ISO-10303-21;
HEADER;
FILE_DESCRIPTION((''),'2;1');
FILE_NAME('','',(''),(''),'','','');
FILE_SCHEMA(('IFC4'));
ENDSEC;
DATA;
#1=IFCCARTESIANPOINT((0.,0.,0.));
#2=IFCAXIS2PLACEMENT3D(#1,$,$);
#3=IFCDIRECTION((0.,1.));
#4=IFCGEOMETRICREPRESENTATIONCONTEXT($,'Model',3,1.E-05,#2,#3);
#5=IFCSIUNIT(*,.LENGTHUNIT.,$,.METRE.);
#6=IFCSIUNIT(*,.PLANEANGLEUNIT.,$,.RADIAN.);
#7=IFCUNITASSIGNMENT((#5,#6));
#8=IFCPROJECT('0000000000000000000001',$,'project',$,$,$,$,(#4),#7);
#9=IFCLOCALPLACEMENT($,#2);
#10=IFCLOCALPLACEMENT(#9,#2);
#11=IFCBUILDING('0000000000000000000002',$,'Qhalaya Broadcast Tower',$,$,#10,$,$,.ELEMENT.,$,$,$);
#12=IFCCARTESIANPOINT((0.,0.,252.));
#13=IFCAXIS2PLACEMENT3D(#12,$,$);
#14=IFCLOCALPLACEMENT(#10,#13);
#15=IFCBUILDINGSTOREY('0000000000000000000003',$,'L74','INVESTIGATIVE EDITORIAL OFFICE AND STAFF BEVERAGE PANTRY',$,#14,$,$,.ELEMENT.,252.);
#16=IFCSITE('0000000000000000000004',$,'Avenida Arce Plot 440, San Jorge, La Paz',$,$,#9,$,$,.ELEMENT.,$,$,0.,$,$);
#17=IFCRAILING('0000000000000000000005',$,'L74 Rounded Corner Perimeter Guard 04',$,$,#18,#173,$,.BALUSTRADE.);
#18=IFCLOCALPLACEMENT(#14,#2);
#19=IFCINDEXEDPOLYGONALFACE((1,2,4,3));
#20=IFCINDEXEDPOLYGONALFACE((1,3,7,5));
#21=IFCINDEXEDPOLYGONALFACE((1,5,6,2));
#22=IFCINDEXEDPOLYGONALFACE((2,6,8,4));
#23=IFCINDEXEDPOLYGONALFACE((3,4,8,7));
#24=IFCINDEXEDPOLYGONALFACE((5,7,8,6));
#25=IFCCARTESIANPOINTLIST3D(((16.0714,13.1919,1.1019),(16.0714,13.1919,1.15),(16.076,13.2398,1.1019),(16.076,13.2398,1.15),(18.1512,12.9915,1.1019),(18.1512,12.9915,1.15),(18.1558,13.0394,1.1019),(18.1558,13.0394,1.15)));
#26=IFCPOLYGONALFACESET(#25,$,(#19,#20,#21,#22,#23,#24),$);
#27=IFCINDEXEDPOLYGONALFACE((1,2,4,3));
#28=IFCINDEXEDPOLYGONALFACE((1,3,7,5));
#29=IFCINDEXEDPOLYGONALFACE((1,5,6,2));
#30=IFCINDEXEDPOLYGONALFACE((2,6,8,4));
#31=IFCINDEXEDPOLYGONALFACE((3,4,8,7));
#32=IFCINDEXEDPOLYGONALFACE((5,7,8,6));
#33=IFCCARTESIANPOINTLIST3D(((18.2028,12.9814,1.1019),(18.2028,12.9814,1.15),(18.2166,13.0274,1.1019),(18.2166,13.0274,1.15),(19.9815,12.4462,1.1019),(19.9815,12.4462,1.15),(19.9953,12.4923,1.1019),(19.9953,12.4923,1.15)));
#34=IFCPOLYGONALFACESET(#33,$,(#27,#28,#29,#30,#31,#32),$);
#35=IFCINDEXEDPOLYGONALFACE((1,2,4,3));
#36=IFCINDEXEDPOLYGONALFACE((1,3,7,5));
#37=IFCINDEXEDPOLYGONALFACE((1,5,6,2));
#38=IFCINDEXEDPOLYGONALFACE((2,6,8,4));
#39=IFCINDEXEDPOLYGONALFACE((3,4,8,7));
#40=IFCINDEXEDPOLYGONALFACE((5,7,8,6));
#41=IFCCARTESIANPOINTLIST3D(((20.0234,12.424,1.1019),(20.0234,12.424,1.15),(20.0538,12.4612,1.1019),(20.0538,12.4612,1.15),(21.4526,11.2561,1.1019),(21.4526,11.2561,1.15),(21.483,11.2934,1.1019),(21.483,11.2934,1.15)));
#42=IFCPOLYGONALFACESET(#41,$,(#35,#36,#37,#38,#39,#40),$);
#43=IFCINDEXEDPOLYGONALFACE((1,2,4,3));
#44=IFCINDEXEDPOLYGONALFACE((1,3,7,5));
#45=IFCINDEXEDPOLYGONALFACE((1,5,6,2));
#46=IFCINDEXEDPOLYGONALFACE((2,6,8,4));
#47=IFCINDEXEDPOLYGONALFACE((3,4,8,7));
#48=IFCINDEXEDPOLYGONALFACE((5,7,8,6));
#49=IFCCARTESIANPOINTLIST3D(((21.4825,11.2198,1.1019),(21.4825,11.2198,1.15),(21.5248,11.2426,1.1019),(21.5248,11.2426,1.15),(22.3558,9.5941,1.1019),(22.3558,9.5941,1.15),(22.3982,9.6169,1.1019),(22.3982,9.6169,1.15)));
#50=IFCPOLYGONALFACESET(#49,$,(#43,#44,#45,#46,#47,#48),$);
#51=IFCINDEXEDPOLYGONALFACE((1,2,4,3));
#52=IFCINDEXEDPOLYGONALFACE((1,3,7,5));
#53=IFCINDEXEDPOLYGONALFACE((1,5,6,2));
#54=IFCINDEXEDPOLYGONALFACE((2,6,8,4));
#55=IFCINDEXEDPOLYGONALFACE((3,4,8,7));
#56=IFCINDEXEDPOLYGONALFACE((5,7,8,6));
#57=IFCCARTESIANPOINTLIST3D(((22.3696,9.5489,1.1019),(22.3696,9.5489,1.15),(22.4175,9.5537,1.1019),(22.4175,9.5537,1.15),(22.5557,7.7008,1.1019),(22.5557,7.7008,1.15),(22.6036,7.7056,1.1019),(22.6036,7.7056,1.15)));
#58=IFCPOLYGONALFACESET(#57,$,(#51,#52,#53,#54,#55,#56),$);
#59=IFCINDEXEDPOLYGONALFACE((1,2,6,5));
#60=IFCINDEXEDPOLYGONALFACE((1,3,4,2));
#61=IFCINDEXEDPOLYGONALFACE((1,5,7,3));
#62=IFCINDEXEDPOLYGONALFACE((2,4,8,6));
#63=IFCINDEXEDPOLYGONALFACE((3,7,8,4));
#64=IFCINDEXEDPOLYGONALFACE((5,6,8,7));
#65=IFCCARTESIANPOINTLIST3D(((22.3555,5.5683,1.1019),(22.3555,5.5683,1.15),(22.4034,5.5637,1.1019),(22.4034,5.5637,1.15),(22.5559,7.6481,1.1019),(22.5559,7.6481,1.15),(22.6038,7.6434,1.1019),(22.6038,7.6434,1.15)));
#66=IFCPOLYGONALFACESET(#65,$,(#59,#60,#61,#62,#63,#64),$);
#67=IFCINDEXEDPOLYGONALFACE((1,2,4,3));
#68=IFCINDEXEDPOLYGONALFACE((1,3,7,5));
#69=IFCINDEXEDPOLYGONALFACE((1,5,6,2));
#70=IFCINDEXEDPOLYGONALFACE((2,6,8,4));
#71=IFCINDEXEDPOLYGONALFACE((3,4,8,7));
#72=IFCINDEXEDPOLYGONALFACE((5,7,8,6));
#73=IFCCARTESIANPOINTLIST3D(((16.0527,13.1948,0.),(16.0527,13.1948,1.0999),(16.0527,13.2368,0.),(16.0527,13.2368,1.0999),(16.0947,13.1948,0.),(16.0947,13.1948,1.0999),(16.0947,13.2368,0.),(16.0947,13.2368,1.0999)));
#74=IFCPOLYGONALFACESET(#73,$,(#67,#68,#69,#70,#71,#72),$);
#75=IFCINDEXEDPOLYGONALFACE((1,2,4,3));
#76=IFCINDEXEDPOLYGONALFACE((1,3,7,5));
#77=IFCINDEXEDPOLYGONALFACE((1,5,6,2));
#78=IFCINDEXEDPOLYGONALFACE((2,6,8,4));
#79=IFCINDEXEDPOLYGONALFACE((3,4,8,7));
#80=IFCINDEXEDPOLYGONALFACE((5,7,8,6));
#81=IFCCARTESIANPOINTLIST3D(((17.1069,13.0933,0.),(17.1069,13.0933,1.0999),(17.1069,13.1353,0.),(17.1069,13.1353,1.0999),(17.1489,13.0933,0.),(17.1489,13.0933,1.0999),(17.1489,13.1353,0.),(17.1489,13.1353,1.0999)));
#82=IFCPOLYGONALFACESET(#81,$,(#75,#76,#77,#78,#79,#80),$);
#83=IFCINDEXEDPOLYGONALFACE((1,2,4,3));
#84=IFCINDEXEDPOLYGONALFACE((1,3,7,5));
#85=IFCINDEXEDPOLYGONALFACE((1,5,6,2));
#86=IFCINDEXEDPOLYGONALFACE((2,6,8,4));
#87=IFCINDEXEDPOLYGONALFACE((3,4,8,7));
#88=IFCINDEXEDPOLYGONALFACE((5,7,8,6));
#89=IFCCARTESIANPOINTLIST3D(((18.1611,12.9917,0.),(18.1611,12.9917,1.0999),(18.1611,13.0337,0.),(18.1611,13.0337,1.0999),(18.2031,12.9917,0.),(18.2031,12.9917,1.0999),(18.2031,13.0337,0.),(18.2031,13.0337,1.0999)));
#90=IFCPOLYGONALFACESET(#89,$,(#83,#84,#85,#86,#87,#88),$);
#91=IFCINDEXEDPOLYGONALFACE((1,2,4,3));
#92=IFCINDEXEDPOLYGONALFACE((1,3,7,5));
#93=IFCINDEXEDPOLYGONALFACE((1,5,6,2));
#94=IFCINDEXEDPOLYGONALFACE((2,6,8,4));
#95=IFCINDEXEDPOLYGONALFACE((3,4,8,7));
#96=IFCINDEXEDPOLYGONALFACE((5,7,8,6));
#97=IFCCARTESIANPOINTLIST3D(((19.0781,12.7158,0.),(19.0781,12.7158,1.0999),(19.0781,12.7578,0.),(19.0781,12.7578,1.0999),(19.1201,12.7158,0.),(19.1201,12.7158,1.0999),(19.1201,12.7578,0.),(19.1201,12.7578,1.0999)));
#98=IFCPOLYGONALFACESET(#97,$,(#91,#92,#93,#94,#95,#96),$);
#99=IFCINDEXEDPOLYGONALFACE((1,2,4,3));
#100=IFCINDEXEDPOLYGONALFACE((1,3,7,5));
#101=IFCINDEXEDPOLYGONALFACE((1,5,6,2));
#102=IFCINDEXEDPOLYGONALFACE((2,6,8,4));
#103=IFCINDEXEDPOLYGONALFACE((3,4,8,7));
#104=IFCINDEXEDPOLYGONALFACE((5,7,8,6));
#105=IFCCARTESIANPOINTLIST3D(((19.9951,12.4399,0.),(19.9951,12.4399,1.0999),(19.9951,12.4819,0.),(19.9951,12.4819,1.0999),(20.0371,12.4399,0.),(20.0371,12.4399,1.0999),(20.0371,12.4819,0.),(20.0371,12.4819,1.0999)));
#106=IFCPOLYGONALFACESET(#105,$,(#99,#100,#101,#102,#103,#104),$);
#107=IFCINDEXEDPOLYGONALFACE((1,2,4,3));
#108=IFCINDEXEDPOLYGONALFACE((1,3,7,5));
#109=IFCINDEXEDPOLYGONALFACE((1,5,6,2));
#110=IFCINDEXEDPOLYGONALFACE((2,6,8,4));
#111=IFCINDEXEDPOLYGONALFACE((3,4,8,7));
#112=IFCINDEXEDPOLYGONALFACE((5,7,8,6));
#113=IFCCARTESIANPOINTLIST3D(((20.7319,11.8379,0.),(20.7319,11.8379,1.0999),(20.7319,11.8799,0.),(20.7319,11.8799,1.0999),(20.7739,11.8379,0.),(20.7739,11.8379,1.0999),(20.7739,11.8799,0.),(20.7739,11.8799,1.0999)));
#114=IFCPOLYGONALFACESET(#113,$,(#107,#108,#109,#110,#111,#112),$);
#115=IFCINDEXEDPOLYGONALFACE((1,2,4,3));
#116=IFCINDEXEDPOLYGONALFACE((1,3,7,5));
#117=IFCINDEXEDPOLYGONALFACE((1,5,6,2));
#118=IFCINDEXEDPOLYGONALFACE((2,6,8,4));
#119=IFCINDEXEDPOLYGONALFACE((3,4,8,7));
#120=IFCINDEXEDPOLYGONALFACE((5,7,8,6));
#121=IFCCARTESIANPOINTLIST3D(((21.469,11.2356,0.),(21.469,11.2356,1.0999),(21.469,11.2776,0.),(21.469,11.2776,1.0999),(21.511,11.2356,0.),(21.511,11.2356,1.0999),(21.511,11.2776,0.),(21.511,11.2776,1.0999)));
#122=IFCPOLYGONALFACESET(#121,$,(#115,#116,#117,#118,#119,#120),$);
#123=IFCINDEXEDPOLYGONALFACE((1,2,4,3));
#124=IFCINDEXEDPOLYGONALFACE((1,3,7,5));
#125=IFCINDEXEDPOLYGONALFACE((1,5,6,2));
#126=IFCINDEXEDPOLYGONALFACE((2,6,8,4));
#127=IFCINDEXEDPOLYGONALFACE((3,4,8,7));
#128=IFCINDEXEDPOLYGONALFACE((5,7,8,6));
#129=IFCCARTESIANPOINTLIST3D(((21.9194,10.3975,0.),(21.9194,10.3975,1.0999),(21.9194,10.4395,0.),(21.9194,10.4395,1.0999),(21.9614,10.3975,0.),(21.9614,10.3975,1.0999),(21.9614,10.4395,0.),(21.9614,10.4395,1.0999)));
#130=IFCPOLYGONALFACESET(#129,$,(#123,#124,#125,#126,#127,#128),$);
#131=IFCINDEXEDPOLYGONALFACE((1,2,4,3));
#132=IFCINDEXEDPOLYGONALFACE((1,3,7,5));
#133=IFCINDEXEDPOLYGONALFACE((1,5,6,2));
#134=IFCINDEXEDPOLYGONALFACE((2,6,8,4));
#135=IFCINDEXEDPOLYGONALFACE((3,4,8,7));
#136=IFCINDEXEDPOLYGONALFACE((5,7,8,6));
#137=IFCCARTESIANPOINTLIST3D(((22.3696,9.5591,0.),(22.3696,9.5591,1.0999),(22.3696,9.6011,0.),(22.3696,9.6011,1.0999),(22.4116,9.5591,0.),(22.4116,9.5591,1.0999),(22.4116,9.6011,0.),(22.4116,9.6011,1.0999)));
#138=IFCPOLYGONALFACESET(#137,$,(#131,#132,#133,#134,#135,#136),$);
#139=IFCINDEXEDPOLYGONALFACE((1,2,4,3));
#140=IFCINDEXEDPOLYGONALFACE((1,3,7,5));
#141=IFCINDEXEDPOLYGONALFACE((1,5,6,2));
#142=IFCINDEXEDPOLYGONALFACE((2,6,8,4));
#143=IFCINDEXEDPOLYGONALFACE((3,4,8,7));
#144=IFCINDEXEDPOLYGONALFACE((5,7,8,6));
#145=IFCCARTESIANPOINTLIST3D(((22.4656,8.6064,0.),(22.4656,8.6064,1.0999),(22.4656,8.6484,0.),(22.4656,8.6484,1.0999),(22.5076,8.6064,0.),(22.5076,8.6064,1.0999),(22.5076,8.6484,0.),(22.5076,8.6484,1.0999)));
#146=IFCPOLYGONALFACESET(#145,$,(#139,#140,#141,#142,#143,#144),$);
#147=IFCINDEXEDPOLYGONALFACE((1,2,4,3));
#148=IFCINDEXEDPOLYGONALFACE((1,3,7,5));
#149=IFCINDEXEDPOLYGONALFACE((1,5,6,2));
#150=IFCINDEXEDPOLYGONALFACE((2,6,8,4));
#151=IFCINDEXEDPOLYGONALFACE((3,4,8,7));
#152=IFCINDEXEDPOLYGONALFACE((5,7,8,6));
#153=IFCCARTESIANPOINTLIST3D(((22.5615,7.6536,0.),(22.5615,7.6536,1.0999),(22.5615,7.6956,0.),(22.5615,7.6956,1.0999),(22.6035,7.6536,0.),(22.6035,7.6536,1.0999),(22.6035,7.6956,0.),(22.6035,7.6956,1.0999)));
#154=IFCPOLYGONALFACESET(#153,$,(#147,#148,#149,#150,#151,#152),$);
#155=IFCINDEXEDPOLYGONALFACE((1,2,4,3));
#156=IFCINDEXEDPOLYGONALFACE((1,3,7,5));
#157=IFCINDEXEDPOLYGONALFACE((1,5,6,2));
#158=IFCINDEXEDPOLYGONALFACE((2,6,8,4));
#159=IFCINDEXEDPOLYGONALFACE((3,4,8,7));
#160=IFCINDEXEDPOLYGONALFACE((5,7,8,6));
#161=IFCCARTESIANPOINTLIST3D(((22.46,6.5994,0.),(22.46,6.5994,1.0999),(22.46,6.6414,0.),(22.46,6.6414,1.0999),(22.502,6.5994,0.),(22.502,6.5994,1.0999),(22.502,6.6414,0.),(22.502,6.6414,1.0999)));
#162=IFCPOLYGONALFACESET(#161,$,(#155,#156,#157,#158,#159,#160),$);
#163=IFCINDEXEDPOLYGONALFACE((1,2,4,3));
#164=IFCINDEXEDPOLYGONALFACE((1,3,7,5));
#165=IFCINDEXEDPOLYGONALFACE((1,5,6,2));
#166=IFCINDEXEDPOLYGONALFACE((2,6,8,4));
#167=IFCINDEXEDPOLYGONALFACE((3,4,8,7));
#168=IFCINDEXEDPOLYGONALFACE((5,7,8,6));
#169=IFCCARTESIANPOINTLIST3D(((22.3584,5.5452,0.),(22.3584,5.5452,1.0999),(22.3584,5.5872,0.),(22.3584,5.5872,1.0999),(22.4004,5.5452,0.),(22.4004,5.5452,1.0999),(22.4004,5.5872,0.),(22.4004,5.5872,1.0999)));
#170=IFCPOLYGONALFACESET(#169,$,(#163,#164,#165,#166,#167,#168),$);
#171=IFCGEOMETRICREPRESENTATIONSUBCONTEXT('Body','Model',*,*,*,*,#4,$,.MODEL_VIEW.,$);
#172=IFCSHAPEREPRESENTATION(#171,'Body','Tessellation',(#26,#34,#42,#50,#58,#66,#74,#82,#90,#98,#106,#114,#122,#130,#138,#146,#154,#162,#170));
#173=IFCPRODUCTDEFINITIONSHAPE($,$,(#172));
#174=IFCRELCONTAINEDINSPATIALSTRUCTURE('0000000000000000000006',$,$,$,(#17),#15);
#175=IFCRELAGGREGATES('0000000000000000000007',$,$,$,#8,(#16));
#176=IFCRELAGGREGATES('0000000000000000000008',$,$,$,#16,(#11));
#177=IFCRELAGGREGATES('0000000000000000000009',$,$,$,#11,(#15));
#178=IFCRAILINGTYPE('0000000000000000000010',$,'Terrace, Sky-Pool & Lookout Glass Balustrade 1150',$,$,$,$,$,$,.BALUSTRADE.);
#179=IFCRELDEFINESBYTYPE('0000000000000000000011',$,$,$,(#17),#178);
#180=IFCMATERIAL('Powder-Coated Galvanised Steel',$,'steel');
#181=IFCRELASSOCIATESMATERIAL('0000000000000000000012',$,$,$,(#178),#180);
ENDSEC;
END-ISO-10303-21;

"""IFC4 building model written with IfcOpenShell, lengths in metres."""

from ifc_helpers import new_model, si_unit, direction, frame, origin, origin_2d, place, context, subcontext, project, spatial, rectangle, extrude, material, type_object, element, save


model = new_model("IFC4")

# Units and contexts
model_context = context("Model", 3, precision=1e-05, world=origin(), true_north=direction((0.0, 1.0)))
body_context = subcontext(model_context, "Body", "Model", "MODEL_VIEW")
ifc_project = project(units=[si_unit("LENGTHUNIT", "METRE"), si_unit("PLANEANGLEUNIT", "RADIAN")], contexts=[model_context])

# Site, building, storey
site_placement = place(None, origin())
site = spatial("IfcSite", under=ifc_project, at=site_placement, Name="Avenida Arce Plot 440, San Jorge, La Paz", CompositionType="ELEMENT", RefElevation=0.0)
building_placement = place(site_placement, origin())
building = spatial("IfcBuilding", under=site, at=building_placement, Name="Qhalaya Broadcast Tower", CompositionType="ELEMENT")
storey_placement = place(building_placement, frame((0.0, 0.0, 252.0)))
storey = spatial("IfcBuildingStorey", under=building, at=storey_placement, Name="L74", Description="INVESTIGATIVE EDITORIAL OFFICE AND STAFF BEVERAGE PANTRY", CompositionType="ELEMENT", Elevation=252.0)

# Railing
ifc_material_1 = material(Name="Powder-Coated Galvanised Steel", Category="steel")
railing_type = type_object("IfcRailingType", Name="Terrace, Sky-Pool & Lookout Glass Balustrade 1150", PredefinedType="BALUSTRADE", material=ifc_material_1)
railing_placement = place(storey_placement, frame((16.0737, 13.2158, 0.0)))
element("IfcRailing", 1, at=railing_placement, inside=storey, type_object=railing_type, Name="L74 Rounded Corner Perimeter Guard 04", PredefinedType="BALUSTRADE", context=body_context, shape_type="SweptSolid", body=[
    extrude(rectangle(XDim=0.0481, YDim=0.0481, at=origin_2d()), frame((0.0, 0.0, 1.126), z_axis=(0.995391, -0.095897, 0.0), x_axis=(0.095897, 0.995391, 0.0)), (0.0, 0.0, 1.0), 2.0894),
    extrude(rectangle(XDim=0.0481, YDim=0.0481, at=origin_2d()), frame((2.136, -0.2114, 1.126), z_axis=(0.957601, -0.288096, 0.0), x_axis=(0.288096, 0.957601, 0.0)), (0.0, 0.0, 1.0), 1.8574),
    extrude(rectangle(XDim=0.0481, YDim=0.0481, at=origin_2d()), frame((3.9648, -0.7732, 1.126), z_axis=(0.774357, -0.632749, 0.0), x_axis=(0.632749, 0.774357, 0.0)), (0.0, 0.0, 1.0), 1.8457),
    extrude(rectangle(XDim=0.0481, YDim=0.0481, at=origin_2d()), frame((5.4299, -1.9846, 1.126), z_axis=(0.473243, -0.880932, 0.0), x_axis=(0.880932, 0.473243, 0.0)), (0.0, 0.0, 1.0), 1.8455),
    extrude(rectangle(XDim=0.0481, YDim=0.0481, at=origin_2d()), frame((6.3198, -3.6646, 1.126), z_axis=(0.100198, -0.994968, 0.0), x_axis=(0.994968, 0.100198, 0.0)), (0.0, 0.0, 1.0), 1.8574),
    extrude(rectangle(XDim=0.0481, YDim=0.0481, at=origin_2d()), frame((6.5061, -5.5701, 1.126), z_axis=(-0.095897, -0.995391, 0.0), x_axis=(0.995391, -0.095897, 0.0)), (0.0, 0.0, 1.0), 2.0894),
    extrude(rectangle(XDim=0.042, YDim=0.042, at=origin_2d()), origin(), (0.0, 0.0, 1.0), 1.0999),
    extrude(rectangle(XDim=0.042, YDim=0.042, at=origin_2d()), frame((1.0542, -0.1016, 0.0)), (0.0, 0.0, 1.0), 1.0999),
    extrude(rectangle(XDim=0.042, YDim=0.042, at=origin_2d()), frame((2.1084, -0.2031, 0.0)), (0.0, 0.0, 1.0), 1.0999),
    extrude(rectangle(XDim=0.042, YDim=0.042, at=origin_2d()), frame((3.0254, -0.479, 0.0)), (0.0, 0.0, 1.0), 1.0999),
    extrude(rectangle(XDim=0.042, YDim=0.042, at=origin_2d()), frame((3.9424, -0.7549, 0.0)), (0.0, 0.0, 1.0), 1.0999),
    extrude(rectangle(XDim=0.042, YDim=0.042, at=origin_2d()), frame((4.6792, -1.3569, 0.0)), (0.0, 0.0, 1.0), 1.0999),
    extrude(rectangle(XDim=0.042, YDim=0.042, at=origin_2d()), frame((5.4163, -1.9592, 0.0)), (0.0, 0.0, 1.0), 1.0999),
    extrude(rectangle(XDim=0.042, YDim=0.042, at=origin_2d()), frame((5.8667, -2.7974, 0.0)), (0.0, 0.0, 1.0), 1.0999),
    extrude(rectangle(XDim=0.042, YDim=0.042, at=origin_2d()), frame((6.3169, -3.6357, 0.0)), (0.0, 0.0, 1.0), 1.0999),
    extrude(rectangle(XDim=0.042, YDim=0.042, at=origin_2d()), frame((6.4128, -4.5884, 0.0)), (0.0, 0.0, 1.0), 1.0999),
    extrude(rectangle(XDim=0.042, YDim=0.042, at=origin_2d()), frame((6.5088, -5.5413, 0.0)), (0.0, 0.0, 1.0), 1.0999),
    extrude(rectangle(XDim=0.042, YDim=0.042, at=origin_2d()), frame((6.4072, -6.5955, 0.0)), (0.0, 0.0, 1.0), 1.0999),
    extrude(rectangle(XDim=0.042, YDim=0.042, at=origin_2d()), frame((6.3057, -7.6497, 0.0)), (0.0, 0.0, 1.0), 1.0999),
])

save(model, "model.ifc")
